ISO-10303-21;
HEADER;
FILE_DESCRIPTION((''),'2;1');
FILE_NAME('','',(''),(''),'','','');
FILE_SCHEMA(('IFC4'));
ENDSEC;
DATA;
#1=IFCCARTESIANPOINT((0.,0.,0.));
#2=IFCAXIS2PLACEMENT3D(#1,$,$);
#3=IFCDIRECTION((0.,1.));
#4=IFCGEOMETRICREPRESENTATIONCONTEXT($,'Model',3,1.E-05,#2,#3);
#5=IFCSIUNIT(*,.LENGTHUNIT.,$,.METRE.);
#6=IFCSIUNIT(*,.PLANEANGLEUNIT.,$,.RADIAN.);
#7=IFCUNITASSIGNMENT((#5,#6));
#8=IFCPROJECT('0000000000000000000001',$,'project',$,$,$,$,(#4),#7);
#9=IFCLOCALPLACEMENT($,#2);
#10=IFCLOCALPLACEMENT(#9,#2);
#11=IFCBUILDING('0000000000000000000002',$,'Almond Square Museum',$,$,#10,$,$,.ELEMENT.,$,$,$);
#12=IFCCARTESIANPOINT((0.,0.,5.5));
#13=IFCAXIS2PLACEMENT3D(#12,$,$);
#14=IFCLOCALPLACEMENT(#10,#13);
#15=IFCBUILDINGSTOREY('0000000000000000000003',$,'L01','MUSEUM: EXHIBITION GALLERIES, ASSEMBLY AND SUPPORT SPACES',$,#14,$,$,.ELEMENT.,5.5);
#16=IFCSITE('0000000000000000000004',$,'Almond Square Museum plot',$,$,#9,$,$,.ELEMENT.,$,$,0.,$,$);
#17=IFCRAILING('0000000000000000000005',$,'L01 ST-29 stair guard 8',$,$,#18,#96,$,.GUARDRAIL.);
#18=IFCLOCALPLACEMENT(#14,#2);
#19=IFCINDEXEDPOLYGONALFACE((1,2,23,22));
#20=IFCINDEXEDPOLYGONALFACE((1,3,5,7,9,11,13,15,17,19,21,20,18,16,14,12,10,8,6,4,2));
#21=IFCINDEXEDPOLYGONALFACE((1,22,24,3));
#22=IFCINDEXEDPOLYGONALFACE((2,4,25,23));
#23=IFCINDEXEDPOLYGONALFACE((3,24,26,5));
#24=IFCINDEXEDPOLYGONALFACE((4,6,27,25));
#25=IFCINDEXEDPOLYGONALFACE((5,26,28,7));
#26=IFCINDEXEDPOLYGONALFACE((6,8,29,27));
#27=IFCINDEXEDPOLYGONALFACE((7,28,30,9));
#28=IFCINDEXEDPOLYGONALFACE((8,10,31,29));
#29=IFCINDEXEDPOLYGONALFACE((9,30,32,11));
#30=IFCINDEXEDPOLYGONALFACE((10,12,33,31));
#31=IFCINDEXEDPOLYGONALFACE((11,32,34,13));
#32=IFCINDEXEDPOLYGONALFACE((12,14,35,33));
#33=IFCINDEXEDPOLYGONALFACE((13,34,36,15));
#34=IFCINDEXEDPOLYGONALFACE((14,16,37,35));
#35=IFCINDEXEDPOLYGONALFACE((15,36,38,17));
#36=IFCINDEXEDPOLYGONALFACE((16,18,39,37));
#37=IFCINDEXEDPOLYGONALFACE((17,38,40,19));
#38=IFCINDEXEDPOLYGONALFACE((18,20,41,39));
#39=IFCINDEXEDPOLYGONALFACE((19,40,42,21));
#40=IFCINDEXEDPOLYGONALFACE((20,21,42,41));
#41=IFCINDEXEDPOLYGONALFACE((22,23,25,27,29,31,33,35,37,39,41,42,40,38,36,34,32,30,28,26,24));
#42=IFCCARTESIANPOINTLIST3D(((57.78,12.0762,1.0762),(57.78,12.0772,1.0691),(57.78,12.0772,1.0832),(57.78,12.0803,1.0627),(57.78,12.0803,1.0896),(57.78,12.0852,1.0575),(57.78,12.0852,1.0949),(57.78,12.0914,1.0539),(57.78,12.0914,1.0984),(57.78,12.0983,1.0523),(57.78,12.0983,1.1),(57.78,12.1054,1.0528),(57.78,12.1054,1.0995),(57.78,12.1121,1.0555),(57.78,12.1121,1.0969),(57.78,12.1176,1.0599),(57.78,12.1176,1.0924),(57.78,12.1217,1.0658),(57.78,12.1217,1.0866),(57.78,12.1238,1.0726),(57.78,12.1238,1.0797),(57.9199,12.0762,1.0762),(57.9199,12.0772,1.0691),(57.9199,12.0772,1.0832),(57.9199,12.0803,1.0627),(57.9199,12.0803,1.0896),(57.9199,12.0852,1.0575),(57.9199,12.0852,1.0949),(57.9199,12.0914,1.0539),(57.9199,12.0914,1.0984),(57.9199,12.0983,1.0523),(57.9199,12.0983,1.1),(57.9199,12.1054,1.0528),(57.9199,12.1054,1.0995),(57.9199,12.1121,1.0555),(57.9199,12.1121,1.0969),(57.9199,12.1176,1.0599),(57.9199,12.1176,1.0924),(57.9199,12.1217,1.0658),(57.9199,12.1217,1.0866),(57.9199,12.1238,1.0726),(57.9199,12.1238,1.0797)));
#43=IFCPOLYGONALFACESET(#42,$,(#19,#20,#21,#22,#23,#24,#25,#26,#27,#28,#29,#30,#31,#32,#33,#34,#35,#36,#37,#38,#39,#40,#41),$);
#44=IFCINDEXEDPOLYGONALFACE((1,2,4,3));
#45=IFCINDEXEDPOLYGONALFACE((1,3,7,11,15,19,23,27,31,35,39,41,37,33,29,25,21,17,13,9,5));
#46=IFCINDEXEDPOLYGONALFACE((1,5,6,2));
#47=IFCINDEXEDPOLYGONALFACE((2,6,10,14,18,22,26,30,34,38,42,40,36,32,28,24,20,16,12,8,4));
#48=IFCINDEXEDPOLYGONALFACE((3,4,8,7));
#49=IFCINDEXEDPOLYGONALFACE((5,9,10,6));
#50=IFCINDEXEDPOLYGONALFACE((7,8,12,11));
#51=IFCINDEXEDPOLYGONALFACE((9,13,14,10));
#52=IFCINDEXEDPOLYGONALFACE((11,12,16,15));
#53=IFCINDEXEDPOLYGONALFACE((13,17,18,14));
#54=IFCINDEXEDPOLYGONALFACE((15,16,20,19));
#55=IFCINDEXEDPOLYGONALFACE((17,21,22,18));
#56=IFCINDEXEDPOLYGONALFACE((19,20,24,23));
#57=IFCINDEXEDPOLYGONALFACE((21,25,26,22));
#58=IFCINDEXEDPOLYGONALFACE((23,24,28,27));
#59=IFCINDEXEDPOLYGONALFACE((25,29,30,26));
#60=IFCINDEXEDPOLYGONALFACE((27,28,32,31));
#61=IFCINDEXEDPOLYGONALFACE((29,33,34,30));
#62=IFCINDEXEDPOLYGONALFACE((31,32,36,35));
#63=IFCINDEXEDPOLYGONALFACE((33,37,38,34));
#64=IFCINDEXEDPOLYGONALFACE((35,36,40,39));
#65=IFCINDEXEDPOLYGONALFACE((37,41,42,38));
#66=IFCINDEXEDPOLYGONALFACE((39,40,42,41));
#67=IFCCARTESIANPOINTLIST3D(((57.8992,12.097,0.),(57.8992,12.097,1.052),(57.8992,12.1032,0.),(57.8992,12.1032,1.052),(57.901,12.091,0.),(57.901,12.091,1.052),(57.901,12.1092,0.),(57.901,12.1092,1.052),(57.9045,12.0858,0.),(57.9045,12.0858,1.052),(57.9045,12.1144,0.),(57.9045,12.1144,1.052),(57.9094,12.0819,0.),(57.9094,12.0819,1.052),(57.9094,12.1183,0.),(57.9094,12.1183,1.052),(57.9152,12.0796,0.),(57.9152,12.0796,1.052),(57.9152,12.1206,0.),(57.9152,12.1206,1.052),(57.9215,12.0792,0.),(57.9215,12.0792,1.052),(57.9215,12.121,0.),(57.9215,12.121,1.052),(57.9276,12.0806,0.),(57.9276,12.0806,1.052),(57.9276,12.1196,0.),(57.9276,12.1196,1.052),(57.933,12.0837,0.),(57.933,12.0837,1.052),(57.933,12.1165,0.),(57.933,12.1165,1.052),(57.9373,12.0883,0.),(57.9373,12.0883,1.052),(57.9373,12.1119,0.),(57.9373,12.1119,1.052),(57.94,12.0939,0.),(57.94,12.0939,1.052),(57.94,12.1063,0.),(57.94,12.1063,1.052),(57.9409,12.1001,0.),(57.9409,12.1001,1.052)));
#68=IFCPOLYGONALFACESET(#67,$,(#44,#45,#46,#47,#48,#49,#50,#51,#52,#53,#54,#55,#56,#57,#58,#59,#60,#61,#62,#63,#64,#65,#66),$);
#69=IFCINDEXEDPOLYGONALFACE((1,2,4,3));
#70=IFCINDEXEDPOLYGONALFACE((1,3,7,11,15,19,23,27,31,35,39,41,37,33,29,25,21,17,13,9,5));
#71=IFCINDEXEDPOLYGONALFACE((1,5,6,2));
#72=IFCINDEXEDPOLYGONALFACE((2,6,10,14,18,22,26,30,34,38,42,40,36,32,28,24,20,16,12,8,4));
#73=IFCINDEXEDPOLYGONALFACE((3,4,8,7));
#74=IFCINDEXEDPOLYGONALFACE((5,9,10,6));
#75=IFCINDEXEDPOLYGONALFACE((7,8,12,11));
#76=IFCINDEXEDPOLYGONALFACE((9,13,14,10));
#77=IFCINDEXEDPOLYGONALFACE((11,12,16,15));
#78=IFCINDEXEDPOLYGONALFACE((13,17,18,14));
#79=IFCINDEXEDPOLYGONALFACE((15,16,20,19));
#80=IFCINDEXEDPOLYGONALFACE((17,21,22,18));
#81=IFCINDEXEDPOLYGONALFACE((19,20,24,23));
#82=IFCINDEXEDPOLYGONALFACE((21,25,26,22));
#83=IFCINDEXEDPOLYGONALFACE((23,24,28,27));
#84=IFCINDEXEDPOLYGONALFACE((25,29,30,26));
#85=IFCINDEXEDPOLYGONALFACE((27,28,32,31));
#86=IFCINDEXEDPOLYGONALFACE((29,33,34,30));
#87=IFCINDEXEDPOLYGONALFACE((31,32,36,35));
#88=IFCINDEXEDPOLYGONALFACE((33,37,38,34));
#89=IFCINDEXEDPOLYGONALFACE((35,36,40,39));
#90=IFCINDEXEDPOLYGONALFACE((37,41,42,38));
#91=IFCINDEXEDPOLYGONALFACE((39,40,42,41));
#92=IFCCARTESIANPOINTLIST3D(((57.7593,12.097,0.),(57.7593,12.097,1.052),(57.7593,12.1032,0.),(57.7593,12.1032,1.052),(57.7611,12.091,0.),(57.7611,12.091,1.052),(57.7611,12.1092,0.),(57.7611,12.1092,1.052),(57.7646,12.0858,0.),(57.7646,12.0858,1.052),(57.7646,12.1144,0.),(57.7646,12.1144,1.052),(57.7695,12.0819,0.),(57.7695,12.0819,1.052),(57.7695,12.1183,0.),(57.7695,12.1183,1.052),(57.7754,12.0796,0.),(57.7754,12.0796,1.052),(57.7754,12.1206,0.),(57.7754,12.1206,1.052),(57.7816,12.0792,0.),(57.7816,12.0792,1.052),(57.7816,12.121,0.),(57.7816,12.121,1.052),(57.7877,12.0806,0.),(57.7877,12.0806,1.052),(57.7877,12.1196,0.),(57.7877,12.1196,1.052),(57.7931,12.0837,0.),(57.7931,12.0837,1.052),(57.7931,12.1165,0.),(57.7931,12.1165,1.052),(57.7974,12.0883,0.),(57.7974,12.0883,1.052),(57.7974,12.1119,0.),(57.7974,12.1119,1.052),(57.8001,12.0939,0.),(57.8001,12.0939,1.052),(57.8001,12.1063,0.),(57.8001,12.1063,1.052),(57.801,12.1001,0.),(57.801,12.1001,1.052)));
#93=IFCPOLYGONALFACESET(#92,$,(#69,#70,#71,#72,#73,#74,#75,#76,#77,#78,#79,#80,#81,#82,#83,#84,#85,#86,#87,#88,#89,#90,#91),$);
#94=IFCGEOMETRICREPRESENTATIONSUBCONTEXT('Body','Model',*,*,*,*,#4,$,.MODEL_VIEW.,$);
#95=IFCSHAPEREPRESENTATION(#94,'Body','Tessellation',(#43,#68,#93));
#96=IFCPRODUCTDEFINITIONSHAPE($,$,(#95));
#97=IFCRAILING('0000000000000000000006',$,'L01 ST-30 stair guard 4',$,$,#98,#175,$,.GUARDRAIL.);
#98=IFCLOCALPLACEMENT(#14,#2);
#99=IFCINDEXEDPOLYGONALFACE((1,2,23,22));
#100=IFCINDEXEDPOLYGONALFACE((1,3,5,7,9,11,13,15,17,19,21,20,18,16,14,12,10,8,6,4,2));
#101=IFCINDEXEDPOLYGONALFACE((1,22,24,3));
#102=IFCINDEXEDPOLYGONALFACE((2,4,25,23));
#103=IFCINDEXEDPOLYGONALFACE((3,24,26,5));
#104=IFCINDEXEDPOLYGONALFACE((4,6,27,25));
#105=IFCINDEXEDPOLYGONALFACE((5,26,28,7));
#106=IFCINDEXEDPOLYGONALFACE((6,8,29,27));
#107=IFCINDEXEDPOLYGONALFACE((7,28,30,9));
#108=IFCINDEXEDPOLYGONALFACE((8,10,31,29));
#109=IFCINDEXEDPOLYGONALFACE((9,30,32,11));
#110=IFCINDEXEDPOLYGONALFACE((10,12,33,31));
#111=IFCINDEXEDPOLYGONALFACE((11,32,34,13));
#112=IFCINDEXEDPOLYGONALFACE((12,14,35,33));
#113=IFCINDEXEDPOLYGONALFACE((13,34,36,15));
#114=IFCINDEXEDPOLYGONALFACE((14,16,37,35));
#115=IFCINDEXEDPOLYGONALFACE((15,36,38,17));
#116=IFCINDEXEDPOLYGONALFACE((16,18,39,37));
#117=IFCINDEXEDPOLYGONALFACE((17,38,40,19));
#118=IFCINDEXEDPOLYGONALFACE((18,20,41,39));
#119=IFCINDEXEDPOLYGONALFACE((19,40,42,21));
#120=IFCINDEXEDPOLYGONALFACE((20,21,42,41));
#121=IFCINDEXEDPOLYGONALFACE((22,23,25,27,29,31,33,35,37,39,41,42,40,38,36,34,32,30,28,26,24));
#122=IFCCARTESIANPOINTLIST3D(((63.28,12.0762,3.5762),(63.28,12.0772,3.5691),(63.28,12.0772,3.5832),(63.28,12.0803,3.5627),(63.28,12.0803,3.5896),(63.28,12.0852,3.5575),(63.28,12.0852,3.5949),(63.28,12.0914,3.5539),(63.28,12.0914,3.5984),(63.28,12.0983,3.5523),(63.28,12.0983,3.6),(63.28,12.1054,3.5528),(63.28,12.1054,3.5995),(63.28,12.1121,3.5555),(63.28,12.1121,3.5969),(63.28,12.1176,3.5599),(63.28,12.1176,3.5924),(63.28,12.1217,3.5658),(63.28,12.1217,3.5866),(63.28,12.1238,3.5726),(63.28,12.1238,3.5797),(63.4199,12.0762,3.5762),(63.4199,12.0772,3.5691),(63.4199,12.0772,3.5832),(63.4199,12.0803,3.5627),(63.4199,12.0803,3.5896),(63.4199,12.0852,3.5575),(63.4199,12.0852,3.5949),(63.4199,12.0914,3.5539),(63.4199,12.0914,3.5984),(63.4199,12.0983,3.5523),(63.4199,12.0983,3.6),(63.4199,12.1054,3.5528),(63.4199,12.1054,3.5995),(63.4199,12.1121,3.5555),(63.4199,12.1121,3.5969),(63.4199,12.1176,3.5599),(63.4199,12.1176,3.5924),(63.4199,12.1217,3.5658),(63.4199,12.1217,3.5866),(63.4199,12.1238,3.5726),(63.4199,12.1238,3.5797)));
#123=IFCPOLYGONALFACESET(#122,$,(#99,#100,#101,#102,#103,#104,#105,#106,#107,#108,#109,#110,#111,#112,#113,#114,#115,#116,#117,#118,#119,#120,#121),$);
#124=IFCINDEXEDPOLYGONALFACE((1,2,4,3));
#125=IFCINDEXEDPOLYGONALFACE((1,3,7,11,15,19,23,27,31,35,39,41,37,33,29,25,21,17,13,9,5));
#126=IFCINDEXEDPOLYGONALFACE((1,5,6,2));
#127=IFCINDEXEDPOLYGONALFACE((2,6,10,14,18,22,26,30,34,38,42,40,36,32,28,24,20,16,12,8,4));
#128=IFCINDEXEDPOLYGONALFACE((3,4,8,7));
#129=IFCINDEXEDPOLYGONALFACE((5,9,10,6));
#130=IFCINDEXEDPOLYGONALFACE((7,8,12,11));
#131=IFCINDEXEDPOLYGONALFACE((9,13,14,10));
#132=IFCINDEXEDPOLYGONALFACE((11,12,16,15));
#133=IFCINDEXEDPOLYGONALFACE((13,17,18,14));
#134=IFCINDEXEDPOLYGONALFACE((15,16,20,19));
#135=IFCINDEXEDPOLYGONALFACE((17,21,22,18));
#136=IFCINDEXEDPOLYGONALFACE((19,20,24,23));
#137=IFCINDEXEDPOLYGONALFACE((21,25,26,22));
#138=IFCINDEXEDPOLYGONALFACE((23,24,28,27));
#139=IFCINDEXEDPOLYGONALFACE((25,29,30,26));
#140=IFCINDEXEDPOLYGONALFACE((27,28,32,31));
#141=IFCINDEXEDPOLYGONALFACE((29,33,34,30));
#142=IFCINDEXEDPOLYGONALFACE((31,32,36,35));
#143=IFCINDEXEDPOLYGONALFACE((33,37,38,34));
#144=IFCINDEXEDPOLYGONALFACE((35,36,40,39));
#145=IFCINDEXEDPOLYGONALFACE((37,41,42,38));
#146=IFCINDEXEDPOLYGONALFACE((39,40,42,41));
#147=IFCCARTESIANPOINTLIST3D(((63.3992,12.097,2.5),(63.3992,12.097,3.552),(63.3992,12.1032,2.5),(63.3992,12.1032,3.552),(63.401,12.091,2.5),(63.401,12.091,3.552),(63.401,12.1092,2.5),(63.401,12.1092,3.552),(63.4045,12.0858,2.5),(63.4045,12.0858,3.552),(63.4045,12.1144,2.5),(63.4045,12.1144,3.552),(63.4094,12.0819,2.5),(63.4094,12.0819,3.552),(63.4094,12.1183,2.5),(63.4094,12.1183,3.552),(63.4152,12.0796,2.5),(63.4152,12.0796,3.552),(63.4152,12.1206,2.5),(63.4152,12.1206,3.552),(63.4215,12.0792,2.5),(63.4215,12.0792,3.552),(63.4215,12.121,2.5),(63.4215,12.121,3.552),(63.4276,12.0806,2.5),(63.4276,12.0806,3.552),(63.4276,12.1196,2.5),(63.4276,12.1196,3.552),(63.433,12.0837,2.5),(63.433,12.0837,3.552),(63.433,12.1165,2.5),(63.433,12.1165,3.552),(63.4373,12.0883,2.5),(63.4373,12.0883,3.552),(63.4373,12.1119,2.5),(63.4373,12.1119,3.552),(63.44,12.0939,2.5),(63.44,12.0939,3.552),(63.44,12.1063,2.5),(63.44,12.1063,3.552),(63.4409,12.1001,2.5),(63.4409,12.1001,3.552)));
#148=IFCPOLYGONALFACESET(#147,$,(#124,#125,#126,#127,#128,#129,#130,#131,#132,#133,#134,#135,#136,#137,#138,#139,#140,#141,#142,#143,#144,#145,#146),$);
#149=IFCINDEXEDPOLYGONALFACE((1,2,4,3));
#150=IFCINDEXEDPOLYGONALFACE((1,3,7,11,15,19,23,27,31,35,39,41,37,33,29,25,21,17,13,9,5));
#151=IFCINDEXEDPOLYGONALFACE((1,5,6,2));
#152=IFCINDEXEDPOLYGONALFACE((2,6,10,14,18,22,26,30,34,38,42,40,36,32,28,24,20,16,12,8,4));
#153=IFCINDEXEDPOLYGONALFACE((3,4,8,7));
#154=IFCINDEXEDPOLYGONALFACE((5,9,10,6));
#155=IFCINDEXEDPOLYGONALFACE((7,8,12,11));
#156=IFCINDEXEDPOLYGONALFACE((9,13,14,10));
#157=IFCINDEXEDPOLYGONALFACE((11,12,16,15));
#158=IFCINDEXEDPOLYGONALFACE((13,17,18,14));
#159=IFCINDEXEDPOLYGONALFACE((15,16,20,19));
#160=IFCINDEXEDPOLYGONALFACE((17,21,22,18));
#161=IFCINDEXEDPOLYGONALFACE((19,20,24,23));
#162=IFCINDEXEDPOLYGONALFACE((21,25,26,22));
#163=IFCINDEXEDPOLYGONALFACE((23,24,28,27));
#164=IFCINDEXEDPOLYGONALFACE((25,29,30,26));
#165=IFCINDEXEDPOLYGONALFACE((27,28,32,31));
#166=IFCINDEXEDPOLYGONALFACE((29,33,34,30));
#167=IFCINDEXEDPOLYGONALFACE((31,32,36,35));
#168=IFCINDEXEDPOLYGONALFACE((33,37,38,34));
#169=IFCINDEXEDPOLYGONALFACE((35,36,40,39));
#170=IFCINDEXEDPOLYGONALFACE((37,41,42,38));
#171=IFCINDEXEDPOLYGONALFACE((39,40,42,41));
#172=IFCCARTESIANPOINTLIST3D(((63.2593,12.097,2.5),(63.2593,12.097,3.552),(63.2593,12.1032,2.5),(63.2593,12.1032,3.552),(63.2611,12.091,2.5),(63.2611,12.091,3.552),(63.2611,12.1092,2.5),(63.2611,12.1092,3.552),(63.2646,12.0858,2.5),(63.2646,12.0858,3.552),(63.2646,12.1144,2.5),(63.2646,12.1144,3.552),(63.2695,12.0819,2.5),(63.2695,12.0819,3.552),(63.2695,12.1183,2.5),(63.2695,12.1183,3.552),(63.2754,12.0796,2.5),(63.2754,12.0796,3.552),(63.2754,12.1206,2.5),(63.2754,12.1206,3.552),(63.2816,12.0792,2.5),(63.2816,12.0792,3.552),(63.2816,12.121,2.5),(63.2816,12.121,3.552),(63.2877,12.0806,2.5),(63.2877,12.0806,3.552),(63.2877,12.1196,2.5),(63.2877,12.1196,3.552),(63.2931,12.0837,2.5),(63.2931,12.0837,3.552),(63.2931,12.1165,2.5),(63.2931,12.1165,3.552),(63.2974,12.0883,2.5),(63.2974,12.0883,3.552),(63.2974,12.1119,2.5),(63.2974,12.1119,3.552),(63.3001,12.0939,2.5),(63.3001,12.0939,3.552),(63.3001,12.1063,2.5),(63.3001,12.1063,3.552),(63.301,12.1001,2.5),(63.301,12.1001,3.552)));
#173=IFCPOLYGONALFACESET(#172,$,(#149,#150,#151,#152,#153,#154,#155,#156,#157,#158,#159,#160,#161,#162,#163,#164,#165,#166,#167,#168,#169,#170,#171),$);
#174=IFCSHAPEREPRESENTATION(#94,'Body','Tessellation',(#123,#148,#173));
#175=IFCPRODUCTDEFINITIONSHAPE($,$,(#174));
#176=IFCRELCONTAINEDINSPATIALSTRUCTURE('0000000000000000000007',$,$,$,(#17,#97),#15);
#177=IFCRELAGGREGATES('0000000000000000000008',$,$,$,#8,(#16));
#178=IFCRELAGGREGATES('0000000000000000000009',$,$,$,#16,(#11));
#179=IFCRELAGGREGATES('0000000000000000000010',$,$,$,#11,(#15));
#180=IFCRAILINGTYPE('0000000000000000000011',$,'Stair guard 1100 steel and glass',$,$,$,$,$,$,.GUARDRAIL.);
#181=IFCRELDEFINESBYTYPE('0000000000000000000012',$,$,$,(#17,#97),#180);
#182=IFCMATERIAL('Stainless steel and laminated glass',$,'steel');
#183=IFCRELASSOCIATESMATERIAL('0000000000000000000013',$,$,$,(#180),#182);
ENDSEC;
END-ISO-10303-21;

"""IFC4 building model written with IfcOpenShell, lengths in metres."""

from ifc_helpers import new_model, si_unit, direction, frame, origin, origin_2d, place, context, subcontext, project, spatial, circle, extrude, material, type_object, element, save


model = new_model("IFC4")

# Units and contexts
model_context = context("Model", 3, precision=1e-05, world=origin(), true_north=direction((0.0, 1.0)))
body_context = subcontext(model_context, "Body", "Model", "MODEL_VIEW")
ifc_project = project(units=[si_unit("LENGTHUNIT", "METRE"), si_unit("PLANEANGLEUNIT", "RADIAN")], contexts=[model_context])

# Site, building, storey
site_placement = place(None, origin())
site = spatial("IfcSite", under=ifc_project, at=site_placement, Name="Almond Square Museum plot", CompositionType="ELEMENT", RefElevation=0.0)
building_placement = place(site_placement, origin())
building = spatial("IfcBuilding", under=site, at=building_placement, Name="Almond Square Museum", CompositionType="ELEMENT")
storey_placement = place(building_placement, frame((0.0, 0.0, 5.5)))
storey = spatial("IfcBuildingStorey", under=building, at=storey_placement, Name="L01", Description="MUSEUM: EXHIBITION GALLERIES, ASSEMBLY AND SUPPORT SPACES", CompositionType="ELEMENT", Elevation=5.5)

# Railings
ifc_material_1 = material(Name="Stainless steel and laminated glass", Category="steel")
railing_type_1 = type_object("IfcRailingType", Name="Stair guard 1100 steel and glass", PredefinedType="GUARDRAIL", material=ifc_material_1)
for number, where, name in (
    (1, (57.9199, 12.1001, 0.0), "L01 ST-29 stair guard 8"),
    (2, (63.4199, 12.1001, 2.5), "L01 ST-30 stair guard 4"),
):
    element("IfcRailing", number, at=place(storey_placement, frame(where)), inside=storey, type_object=railing_type_1, Name=name, PredefinedType="GUARDRAIL", context=body_context, shape_type="SweptSolid", body=[
        extrude(circle(Radius=0.0239, at=origin_2d()), frame((0.0, 0.0, 1.0762), z_axis=(-1.0, 0.0, 0.0), x_axis=(0.0, -1.0, 0.0)), (0.0, 0.0, 1.0), 0.1399),
        extrude(circle(Radius=0.021, at=origin_2d()), origin(), (0.0, 0.0, 1.0), 1.052),
        extrude(circle(Radius=0.021, at=origin_2d()), frame((-0.1399, 0.0, 0.0)), (0.0, 0.0, 1.0), 1.052),
    ])

save(model, "model.ifc")
